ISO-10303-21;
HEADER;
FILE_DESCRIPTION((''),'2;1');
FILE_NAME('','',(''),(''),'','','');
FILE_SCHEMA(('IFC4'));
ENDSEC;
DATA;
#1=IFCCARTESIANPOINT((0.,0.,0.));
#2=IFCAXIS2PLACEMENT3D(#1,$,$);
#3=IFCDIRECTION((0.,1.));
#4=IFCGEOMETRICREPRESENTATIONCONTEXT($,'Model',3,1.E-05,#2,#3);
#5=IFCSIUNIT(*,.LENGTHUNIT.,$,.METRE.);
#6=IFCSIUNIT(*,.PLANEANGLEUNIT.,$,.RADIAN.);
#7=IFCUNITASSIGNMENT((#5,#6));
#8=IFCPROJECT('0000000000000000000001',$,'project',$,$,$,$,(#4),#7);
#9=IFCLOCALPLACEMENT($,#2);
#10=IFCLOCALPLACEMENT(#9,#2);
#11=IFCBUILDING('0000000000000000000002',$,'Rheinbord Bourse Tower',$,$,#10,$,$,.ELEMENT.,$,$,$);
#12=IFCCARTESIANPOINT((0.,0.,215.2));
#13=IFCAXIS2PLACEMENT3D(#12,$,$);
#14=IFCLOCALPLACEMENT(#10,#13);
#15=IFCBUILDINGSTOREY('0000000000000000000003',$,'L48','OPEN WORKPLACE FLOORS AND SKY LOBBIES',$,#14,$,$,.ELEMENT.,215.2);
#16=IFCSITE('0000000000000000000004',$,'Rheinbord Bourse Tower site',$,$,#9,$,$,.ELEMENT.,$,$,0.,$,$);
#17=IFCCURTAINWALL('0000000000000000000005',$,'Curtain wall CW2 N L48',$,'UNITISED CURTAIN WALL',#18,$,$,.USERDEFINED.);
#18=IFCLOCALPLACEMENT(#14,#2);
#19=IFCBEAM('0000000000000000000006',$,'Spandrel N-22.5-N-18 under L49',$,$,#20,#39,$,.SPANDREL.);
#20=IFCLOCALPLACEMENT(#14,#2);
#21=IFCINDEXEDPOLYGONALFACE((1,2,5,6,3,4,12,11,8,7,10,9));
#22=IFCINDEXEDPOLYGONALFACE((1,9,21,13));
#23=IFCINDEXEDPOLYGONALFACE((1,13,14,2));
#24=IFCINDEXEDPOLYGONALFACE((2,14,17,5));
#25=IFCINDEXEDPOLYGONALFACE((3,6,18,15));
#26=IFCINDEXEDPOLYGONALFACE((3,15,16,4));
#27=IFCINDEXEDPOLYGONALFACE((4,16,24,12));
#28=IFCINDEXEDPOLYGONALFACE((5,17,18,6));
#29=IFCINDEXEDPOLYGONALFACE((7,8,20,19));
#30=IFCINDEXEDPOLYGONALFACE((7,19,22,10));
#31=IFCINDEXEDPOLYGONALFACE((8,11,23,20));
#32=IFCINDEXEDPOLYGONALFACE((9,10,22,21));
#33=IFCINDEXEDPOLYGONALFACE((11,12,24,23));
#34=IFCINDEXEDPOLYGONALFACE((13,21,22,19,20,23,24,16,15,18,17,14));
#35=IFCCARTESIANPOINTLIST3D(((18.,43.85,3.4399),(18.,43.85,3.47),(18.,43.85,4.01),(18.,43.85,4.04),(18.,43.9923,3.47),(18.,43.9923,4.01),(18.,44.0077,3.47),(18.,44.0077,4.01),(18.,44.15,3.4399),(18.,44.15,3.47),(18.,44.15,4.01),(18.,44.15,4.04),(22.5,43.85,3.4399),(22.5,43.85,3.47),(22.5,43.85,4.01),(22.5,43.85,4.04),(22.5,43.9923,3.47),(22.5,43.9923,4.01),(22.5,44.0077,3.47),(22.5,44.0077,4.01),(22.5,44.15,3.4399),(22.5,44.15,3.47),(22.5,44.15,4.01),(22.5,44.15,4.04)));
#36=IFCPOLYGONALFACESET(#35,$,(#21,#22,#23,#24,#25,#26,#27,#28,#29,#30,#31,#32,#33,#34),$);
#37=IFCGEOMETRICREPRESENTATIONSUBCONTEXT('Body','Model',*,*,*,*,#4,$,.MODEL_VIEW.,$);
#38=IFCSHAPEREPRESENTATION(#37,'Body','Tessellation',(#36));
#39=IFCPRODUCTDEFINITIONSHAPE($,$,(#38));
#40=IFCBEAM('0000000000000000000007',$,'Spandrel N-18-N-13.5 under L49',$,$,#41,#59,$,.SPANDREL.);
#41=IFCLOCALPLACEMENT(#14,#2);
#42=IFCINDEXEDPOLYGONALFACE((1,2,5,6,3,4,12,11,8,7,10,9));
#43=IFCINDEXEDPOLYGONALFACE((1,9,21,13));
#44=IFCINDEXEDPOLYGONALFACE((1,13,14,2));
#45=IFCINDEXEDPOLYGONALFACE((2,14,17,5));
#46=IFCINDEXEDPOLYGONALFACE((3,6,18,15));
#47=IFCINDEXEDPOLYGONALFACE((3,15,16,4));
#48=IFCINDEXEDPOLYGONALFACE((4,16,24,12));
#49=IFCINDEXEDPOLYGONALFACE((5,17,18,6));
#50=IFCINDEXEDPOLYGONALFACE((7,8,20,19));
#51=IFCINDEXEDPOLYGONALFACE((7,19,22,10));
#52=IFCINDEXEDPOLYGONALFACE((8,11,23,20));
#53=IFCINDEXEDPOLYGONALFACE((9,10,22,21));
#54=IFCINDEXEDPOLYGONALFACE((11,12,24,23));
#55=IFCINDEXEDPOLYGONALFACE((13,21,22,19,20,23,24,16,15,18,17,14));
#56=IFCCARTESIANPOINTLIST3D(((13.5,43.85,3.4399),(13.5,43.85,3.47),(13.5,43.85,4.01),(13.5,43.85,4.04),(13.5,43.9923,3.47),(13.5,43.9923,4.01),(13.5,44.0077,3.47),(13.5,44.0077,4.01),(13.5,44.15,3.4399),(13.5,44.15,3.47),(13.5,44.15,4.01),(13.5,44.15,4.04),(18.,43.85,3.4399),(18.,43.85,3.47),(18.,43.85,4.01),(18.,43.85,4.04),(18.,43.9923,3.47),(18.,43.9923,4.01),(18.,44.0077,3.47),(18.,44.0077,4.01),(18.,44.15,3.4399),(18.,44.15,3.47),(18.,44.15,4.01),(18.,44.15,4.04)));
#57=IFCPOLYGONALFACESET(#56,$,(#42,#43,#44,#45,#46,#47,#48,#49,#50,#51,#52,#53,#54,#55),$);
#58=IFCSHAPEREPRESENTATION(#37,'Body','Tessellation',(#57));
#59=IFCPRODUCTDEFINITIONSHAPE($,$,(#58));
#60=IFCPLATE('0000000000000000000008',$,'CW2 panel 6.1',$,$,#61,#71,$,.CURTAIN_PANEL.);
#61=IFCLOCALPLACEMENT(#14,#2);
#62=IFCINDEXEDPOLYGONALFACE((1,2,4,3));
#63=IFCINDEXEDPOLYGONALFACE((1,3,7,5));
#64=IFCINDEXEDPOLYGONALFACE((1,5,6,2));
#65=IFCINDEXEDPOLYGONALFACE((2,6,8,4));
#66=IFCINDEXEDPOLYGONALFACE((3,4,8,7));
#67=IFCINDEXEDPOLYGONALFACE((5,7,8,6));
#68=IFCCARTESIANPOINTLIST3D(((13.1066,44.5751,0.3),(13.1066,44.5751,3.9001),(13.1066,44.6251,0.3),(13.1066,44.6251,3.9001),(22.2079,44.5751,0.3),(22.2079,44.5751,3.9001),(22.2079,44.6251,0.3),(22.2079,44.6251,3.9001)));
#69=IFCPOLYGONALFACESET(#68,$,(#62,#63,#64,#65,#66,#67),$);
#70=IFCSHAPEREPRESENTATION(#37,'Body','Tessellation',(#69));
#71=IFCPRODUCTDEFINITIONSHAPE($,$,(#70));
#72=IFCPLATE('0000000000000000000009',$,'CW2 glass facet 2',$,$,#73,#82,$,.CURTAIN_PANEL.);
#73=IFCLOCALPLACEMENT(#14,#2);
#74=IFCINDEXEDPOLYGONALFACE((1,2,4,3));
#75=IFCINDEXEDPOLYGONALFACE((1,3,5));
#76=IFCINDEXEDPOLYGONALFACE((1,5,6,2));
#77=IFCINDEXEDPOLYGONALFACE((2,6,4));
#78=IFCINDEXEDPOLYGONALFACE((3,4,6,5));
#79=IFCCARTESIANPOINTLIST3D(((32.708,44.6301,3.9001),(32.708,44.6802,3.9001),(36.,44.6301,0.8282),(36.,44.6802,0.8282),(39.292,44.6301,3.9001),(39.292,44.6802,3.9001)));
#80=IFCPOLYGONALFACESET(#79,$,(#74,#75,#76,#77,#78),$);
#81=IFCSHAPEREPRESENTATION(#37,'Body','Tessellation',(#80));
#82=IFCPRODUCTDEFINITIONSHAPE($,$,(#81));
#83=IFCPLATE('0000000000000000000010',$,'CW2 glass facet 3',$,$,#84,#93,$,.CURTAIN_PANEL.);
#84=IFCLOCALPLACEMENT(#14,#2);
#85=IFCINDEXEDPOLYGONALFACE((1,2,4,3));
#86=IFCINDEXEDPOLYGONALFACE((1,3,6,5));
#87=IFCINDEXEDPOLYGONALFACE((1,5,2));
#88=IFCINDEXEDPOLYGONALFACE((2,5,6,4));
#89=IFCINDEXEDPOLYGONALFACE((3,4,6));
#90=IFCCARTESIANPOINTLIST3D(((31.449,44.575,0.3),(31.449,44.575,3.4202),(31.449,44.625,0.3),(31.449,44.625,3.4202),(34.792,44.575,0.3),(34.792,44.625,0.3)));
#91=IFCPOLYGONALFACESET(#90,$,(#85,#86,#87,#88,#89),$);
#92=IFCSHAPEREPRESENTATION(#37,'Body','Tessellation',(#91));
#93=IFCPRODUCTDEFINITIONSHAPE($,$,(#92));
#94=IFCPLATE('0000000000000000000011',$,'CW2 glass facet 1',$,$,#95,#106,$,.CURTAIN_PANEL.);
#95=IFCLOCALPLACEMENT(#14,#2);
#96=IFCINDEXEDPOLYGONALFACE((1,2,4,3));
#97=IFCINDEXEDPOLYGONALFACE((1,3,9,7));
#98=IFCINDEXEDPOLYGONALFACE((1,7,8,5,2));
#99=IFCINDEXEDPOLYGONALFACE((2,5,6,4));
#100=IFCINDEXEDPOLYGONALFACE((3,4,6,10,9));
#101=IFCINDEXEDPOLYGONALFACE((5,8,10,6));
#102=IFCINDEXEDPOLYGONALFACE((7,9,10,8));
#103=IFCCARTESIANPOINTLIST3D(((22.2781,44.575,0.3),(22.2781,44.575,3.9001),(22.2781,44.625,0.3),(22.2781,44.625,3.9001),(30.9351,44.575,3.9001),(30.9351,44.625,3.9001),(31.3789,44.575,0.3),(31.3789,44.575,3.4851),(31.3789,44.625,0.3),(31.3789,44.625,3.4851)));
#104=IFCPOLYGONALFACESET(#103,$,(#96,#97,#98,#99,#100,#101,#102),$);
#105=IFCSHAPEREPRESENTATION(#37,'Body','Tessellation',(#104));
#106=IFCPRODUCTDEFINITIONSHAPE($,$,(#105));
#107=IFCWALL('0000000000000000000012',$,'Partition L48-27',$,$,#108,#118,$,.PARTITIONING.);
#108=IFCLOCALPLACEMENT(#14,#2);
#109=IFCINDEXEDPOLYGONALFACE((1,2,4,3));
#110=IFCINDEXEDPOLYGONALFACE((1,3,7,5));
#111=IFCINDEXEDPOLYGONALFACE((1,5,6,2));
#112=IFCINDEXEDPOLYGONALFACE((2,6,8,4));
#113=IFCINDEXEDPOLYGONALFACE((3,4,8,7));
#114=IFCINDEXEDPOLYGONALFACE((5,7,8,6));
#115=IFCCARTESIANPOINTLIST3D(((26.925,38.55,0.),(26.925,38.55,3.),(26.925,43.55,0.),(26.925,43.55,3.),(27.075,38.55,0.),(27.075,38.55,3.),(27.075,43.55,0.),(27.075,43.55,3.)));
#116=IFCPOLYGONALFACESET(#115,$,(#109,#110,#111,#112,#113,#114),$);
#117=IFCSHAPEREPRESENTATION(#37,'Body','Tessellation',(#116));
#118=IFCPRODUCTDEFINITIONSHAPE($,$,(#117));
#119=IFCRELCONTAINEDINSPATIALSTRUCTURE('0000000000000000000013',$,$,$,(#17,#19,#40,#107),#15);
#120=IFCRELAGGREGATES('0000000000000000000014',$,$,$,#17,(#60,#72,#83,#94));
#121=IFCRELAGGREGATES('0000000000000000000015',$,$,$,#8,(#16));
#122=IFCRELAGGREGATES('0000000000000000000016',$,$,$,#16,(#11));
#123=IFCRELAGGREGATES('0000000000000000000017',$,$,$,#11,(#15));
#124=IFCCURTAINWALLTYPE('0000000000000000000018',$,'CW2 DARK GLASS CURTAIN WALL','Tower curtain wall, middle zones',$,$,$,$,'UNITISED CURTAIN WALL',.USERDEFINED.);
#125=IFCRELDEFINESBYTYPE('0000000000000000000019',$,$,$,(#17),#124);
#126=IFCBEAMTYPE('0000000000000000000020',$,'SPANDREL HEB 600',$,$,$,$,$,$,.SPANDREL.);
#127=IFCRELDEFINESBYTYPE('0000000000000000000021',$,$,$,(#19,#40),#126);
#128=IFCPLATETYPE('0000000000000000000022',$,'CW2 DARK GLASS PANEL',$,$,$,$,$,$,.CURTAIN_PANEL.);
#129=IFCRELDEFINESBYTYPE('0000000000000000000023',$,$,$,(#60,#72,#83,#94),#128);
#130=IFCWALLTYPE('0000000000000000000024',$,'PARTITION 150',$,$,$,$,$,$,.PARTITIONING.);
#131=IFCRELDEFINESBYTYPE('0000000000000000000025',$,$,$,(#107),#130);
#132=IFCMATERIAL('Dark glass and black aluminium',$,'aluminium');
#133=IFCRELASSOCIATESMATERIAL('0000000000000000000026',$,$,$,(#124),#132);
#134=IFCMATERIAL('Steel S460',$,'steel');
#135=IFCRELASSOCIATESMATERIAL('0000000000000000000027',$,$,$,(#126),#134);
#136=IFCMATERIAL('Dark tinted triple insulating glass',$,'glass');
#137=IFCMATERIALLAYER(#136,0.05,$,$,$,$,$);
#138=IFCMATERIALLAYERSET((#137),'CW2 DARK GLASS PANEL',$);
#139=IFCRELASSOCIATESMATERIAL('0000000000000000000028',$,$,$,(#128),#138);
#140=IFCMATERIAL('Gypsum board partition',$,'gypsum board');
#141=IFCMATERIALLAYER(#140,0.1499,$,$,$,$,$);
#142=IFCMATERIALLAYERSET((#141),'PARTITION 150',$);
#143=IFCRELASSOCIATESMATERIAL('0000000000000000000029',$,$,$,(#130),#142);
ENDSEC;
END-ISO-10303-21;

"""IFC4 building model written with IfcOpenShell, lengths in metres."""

from ifc_helpers import new_model, si_unit, direction, frame, frame_2d, origin, origin_2d, place, context, subcontext, project, spatial, polyline, rectangle, i_section, outline, extrude, material, layer, layer_set, material_profile, profile_set, type_object, element, aggregate, save


model = new_model("IFC4")

# Units and contexts
model_context = context("Model", 3, precision=1e-05, world=origin(), true_north=direction((0.0, 1.0)))
body_context = subcontext(model_context, "Body", "Model", "MODEL_VIEW")
ifc_project = project(units=[si_unit("LENGTHUNIT", "METRE"), si_unit("PLANEANGLEUNIT", "RADIAN")], contexts=[model_context])

# Site, building, storey
site_placement = place(None, origin())
site = spatial("IfcSite", under=ifc_project, at=site_placement, Name="Rheinbord Bourse Tower site", CompositionType="ELEMENT", RefElevation=0.0)
building_placement = place(site_placement, origin())
building = spatial("IfcBuilding", under=site, at=building_placement, Name="Rheinbord Bourse Tower", CompositionType="ELEMENT")
storey_placement = place(building_placement, frame((0.0, 0.0, 215.2)))
storey = spatial("IfcBuildingStorey", under=building, at=storey_placement, Name="L48", Description="OPEN WORKPLACE FLOORS AND SKY LOBBIES", CompositionType="ELEMENT", Elevation=215.2)

# Curtain wall
ifc_material_1 = material(Name="Dark glass and black aluminium", Category="aluminium")
curtain_wall_type = type_object("IfcCurtainWallType", Name="CW2 DARK GLASS CURTAIN WALL", Description="Tower curtain wall, middle zones", ElementType="UNITISED CURTAIN WALL", PredefinedType="USERDEFINED", material=ifc_material_1)
curtain_wall_placement = place(storey_placement, origin())
curtain_wall = element("IfcCurtainWall", 1, at=curtain_wall_placement, inside=storey, type_object=curtain_wall_type, Name="Curtain wall CW2 N L48", ObjectType="UNITISED CURTAIN WALL", PredefinedType="USERDEFINED")

# Beams
ifc_material_2 = material(Name="Steel S460", Category="steel")
ifc_material_profile_1 = material_profile(ifc_material_2, i_section(OverallWidth=0.3, OverallDepth=0.6001, WebThickness=0.0154, FlangeThickness=0.03, at=origin_2d()), Name="HEB 600")
ifc_profile_set_1 = profile_set([ifc_material_profile_1], Name="Steel S460")
beam_type_1 = type_object("IfcBeamType", Name="SPANDREL HEB 600", PredefinedType="SPANDREL", material=ifc_profile_set_1)
for number, where, z_axis, x_axis, name in (
    (2, (22.5, 44.0, 3.74), (-1.0, 0.0, 0.0), (0.0, -1.0, 0.0), "Spandrel N-22.5-N-18 under L49"),
    (3, (18.0, 44.0, 3.74), (-1.0, 0.0, 0.0), (0.0, -1.0, 0.0), "Spandrel N-18-N-13.5 under L49"),
):
    element("IfcBeam", number, at=place(storey_placement, frame(where, z_axis=z_axis, x_axis=x_axis)), inside=storey, type_object=beam_type_1, Name=name, PredefinedType="SPANDREL", context=body_context, shape_type="SweptSolid", body=[
        extrude(i_section(OverallWidth=0.3, OverallDepth=0.6001, WebThickness=0.0154, FlangeThickness=0.03, at=origin_2d()), origin(), (0.0, 0.0, 1.0), 4.5),
    ])

# Plates
ifc_material_3 = material(Name="Dark tinted triple insulating glass", Category="glass")
ifc_layer_1 = layer(ifc_material_3, 0.05)
ifc_layer_set_1 = layer_set([ifc_layer_1], Name="CW2 DARK GLASS PANEL")
plate_type = type_object("IfcPlateType", Name="CW2 DARK GLASS PANEL", PredefinedType="CURTAIN_PANEL", material=ifc_layer_set_1)
plate_1_placement = place(storey_placement, frame((17.6572, 44.6001, 0.3), z_axis=(0.0, 0.0, 1.0), x_axis=(-1.0, 0.0, 0.0)))
plate_1 = element("IfcPlate", 4, at=plate_1_placement, type_object=plate_type, Name="CW2 panel 6.1", PredefinedType="CURTAIN_PANEL", context=body_context, shape_type="SweptSolid", body=[
    extrude(rectangle(XDim=9.1013, YDim=0.05, at=origin_2d()), origin(), (0.0, 0.0, 1.0), 3.6001),
])
plate_2_placement = place(storey_placement, frame((32.708, 44.6802, 3.9001), z_axis=(0.0, -1.0, 0.0), x_axis=(0.731111, 0.0, -0.682258)))
plate_2 = element("IfcPlate", 5, at=plate_2_placement, type_object=plate_type, Name="CW2 glass facet 2", PredefinedType="CURTAIN_PANEL", context=body_context, shape_type="SweptSolid", body=[
    extrude(outline(polyline([(0.0, 0.0), (4.5027, 0.0), (4.8137, 4.4919), (0.0, 0.0)])), origin(), (0.0, 0.0, 1.0), 0.05),
])
plate_3_placement = place(storey_placement, frame((31.449, 44.625, 0.3), z_axis=(0.0, -1.0, 0.0), x_axis=(1.0, 0.0, 0.0)))
plate_3 = element("IfcPlate", 6, at=plate_3_placement, type_object=plate_type, Name="CW2 glass facet 3", PredefinedType="CURTAIN_PANEL", context=body_context, shape_type="SweptSolid", body=[
    extrude(outline(polyline([(0.0, 0.0), (3.343, 0.0), (0.0, 3.1201), (0.0, 0.0)])), origin(), (0.0, 0.0, 1.0), 0.05),
])
plate_4_placement = place(storey_placement, frame((22.2781, 44.625, 3.9001), z_axis=(0.0, -1.0, 0.0), x_axis=(0.0, 0.0, -1.0)))
plate_4 = element("IfcPlate", 7, at=plate_4_placement, type_object=plate_type, Name="CW2 glass facet 1", PredefinedType="CURTAIN_PANEL", context=body_context, shape_type="SweptSolid", body=[
    extrude(outline(polyline([(0.0, 0.0), (3.6001, 0.0), (3.6001, 9.1008), (0.415, 9.1008), (0.0, 8.657), (0.0, 0.0)])), origin(), (0.0, 0.0, 1.0), 0.05),
])
aggregate(curtain_wall, [plate_1, plate_2, plate_3, plate_4])

# Wall
ifc_material_4 = material(Name="Gypsum board partition", Category="gypsum board")
ifc_layer_2 = layer(ifc_material_4, 0.1499)
ifc_layer_set_2 = layer_set([ifc_layer_2], Name="PARTITION 150")
wall_type = type_object("IfcWallType", Name="PARTITION 150", PredefinedType="PARTITIONING", material=ifc_layer_set_2)
wall_placement = place(storey_placement, frame((27.0, 38.55, 0.0), z_axis=(0.0, 0.0, 1.0), x_axis=(0.0, 1.0, 0.0)))
element("IfcWall", 8, at=wall_placement, inside=storey, type_object=wall_type, Name="Partition L48-27", PredefinedType="PARTITIONING", context=body_context, shape_type="SweptSolid", body=[
    extrude(rectangle(XDim=5.0, YDim=0.1499, at=frame_2d((2.5, 0.0))), origin(), (0.0, 0.0, 1.0), 3.0),
])

save(model, "model.ifc")
